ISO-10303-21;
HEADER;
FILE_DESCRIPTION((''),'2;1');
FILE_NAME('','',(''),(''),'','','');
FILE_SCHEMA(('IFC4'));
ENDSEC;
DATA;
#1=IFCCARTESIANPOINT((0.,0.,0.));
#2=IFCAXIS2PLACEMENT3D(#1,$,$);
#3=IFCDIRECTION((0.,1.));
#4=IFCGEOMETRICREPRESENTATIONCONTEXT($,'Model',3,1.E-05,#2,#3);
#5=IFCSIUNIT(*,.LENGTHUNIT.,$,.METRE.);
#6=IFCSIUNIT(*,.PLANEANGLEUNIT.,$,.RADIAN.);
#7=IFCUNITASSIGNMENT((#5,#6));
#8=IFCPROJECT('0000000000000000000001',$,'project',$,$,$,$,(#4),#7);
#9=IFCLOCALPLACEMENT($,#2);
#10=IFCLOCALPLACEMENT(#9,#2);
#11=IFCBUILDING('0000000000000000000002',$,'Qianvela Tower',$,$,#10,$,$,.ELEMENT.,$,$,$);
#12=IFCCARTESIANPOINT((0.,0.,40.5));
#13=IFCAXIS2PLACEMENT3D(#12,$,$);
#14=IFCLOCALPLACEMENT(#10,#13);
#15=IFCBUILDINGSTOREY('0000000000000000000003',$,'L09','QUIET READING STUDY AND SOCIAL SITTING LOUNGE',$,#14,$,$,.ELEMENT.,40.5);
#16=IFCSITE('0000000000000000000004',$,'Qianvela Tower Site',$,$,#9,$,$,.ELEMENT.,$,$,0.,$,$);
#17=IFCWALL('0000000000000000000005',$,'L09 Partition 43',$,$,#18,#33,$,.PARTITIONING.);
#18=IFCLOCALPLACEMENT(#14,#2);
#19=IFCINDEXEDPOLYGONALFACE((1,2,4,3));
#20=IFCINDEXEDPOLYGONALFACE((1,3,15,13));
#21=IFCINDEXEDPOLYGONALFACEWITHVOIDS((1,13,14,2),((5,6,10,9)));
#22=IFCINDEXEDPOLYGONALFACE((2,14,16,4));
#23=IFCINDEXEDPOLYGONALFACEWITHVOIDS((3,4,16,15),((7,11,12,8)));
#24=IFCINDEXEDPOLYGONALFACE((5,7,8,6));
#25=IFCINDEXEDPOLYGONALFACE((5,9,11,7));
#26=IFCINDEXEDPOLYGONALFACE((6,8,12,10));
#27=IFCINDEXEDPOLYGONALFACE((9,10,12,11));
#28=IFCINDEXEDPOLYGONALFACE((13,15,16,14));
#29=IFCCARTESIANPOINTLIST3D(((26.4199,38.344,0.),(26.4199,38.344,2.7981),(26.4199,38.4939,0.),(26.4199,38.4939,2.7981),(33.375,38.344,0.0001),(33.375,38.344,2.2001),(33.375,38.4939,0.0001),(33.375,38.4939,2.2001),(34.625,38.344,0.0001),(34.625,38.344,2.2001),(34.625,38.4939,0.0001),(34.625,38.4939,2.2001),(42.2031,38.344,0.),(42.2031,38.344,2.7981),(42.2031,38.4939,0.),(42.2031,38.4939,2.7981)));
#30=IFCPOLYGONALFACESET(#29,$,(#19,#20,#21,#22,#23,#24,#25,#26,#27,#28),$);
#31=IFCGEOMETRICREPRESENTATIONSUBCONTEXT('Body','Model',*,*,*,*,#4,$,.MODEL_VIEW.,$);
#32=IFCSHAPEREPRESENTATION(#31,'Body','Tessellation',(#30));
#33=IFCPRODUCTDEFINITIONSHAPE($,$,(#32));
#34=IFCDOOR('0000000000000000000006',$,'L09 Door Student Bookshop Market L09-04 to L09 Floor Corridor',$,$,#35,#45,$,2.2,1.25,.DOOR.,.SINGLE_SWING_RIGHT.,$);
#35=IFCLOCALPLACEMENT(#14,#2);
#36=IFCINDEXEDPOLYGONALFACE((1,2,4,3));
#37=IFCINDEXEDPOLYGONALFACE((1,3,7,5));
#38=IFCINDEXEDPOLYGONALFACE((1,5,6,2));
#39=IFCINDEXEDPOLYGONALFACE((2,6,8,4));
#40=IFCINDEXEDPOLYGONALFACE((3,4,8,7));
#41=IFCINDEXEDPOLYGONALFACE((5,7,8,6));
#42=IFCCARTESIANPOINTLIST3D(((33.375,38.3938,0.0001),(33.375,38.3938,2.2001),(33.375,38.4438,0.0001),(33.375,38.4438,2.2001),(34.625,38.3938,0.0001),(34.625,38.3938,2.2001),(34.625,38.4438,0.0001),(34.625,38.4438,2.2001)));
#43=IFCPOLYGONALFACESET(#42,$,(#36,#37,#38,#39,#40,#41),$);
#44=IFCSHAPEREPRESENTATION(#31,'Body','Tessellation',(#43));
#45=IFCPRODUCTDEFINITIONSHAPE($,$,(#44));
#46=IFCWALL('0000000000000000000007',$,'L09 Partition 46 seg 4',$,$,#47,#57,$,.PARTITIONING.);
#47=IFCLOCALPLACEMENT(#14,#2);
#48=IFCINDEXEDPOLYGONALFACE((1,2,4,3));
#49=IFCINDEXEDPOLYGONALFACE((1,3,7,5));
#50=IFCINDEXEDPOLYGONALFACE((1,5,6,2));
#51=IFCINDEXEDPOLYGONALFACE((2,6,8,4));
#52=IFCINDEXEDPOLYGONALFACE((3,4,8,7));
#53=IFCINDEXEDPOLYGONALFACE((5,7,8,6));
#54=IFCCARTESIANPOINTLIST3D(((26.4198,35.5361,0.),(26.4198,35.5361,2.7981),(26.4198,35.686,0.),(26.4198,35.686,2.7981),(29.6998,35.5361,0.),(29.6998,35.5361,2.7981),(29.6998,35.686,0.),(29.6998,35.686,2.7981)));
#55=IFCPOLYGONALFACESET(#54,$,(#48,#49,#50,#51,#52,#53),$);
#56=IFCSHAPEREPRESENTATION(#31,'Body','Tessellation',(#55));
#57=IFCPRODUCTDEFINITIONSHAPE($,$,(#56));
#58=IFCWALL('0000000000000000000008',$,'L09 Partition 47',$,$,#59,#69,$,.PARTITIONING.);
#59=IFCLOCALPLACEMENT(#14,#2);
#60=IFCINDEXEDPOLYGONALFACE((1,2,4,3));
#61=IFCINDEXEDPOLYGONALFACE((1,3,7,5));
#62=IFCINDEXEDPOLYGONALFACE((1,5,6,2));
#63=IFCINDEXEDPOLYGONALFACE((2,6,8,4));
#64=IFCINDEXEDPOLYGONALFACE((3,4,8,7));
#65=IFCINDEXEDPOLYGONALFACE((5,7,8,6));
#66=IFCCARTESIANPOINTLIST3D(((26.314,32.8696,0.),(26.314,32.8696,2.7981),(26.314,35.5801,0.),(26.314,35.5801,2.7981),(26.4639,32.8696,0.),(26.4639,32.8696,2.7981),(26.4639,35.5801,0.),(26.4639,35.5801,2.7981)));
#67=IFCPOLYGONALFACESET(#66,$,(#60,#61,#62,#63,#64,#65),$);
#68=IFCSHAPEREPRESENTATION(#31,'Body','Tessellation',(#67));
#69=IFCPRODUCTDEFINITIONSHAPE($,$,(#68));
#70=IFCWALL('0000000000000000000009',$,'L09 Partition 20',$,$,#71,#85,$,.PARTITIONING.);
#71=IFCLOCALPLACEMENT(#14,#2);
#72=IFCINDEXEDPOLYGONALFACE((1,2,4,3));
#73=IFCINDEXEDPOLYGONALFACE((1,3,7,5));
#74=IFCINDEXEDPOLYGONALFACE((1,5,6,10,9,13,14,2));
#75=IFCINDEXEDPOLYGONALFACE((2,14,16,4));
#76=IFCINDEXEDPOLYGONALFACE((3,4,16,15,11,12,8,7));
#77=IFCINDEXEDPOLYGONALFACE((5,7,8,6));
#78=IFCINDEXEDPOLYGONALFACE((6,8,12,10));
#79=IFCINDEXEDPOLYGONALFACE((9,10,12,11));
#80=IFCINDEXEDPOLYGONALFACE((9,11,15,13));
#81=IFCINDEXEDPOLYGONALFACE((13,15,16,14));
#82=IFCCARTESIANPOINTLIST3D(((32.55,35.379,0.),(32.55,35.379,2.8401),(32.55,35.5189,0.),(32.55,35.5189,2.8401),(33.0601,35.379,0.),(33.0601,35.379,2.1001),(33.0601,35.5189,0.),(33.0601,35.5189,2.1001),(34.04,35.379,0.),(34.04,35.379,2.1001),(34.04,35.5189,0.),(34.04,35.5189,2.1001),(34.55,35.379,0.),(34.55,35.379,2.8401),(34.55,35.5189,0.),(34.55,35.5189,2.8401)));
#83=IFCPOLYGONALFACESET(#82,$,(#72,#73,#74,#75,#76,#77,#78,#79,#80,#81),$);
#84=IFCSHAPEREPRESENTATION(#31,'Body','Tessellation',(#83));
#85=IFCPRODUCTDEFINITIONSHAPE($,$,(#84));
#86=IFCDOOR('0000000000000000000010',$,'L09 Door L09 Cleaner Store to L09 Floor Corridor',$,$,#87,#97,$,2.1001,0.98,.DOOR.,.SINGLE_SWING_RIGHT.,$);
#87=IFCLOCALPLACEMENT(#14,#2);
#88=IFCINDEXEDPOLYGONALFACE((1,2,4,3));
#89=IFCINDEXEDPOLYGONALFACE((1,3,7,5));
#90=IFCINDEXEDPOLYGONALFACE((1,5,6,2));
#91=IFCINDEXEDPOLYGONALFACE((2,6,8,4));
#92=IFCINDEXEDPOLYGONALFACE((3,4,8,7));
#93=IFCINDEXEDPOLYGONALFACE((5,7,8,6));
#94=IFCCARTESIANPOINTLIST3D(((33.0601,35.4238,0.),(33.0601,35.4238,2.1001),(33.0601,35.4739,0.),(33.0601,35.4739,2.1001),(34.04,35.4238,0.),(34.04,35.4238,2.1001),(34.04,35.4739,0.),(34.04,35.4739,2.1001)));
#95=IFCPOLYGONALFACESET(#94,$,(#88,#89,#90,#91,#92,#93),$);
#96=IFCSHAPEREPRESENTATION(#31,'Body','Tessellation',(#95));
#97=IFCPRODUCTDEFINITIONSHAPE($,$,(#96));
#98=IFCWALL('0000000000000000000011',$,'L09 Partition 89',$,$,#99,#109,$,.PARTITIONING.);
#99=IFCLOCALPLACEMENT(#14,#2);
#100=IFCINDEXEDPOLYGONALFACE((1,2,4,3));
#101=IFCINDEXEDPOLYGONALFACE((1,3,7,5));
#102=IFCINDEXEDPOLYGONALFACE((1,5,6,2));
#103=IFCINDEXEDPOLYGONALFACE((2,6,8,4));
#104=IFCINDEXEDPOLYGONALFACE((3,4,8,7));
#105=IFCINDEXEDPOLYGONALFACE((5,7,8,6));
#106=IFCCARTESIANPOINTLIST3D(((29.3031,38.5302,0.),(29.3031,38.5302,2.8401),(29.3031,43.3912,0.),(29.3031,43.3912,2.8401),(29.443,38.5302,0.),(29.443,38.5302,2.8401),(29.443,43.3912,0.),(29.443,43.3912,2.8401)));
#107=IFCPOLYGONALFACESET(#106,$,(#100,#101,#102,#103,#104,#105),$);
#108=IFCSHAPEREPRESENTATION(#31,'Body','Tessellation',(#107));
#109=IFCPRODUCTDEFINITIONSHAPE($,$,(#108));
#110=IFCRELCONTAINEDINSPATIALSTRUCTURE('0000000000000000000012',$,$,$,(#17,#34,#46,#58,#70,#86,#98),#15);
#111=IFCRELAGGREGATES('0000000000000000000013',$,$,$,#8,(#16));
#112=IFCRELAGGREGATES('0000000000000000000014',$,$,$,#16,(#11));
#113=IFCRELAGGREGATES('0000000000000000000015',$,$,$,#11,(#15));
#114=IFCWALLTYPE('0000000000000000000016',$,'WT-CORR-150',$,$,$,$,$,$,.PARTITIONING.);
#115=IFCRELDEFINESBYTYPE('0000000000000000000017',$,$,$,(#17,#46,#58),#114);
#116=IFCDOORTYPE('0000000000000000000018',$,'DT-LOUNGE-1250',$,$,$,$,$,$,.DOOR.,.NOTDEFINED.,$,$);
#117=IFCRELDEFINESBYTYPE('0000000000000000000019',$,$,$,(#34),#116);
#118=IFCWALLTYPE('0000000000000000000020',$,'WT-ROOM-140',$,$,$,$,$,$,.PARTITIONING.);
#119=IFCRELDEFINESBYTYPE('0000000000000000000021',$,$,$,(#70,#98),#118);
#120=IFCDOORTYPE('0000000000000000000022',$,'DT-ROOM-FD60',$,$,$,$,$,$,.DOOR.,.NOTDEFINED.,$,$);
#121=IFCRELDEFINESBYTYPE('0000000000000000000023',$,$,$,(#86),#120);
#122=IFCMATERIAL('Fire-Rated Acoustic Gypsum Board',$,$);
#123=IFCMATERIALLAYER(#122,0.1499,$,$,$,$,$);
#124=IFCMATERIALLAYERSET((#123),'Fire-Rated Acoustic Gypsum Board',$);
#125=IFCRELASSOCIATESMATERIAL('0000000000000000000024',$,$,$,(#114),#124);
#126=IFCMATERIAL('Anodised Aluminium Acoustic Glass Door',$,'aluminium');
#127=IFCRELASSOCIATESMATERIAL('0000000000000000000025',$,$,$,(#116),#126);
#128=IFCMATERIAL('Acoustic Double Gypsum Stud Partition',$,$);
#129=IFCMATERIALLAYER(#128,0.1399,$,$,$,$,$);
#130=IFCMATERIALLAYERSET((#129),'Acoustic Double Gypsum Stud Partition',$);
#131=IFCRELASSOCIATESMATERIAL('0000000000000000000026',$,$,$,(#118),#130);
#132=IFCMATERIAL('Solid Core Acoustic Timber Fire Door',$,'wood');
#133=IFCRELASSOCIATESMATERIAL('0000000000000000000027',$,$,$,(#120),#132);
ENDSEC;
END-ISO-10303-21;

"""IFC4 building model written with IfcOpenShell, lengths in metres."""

from ifc_helpers import new_model, si_unit, direction, frame, frame_2d, origin, place, context, subcontext, project, spatial, rectangle, extrude, material, layer, layer_set, type_object, element, fill, save


model = new_model("IFC4")

# Units and contexts
model_context = context("Model", 3, precision=1e-05, world=origin(), true_north=direction((0.0, 1.0)))
body_context = subcontext(model_context, "Body", "Model", "MODEL_VIEW")
ifc_project = project(units=[si_unit("LENGTHUNIT", "METRE"), si_unit("PLANEANGLEUNIT", "RADIAN")], contexts=[model_context])

# Site, building, storey
site_placement = place(None, origin())
site = spatial("IfcSite", under=ifc_project, at=site_placement, Name="Qianvela Tower Site", CompositionType="ELEMENT", RefElevation=0.0)
building_placement = place(site_placement, origin())
building = spatial("IfcBuilding", under=site, at=building_placement, Name="Qianvela Tower", CompositionType="ELEMENT")
storey_placement = place(building_placement, frame((0.0, 0.0, 40.5)))
storey = spatial("IfcBuildingStorey", under=building, at=storey_placement, Name="L09", Description="QUIET READING STUDY AND SOCIAL SITTING LOUNGE", CompositionType="ELEMENT", Elevation=40.5)

# Shared definitions
ifc_material_1 = material(Name="Fire-Rated Acoustic Gypsum Board")
ifc_layer_1 = layer(ifc_material_1, 0.1499)
ifc_layer_set_1 = layer_set([ifc_layer_1], Name="Fire-Rated Acoustic Gypsum Board")
wall_type_1 = type_object("IfcWallType", Name="WT-CORR-150", PredefinedType="PARTITIONING", material=ifc_layer_set_1)

# Wall, opening, door
ifc_material_2 = material(Name="Anodised Aluminium Acoustic Glass Door", Category="aluminium")
door_type_1 = type_object("IfcDoorType", Name="DT-LOUNGE-1250", OperationType="NOTDEFINED", PredefinedType="DOOR", material=ifc_material_2)
wall_1_placement = place(storey_placement, frame((26.4199, 38.4189, 0.0), z_axis=(0.0, 0.0, 1.0), x_axis=(1.0, 0.0, 0.0)))
wall_1 = element("IfcWall", 1, at=wall_1_placement, inside=storey, type_object=wall_type_1, Name="L09 Partition 43", PredefinedType="PARTITIONING", context=body_context, shape_type="SweptSolid", body=[
    extrude(rectangle(XDim=15.7832, YDim=0.1499, at=frame_2d((7.8916, 0.0))), origin(), (0.0, 0.0, 1.0), 2.7981),
])
opening_1_placement = place(wall_1_placement, frame((6.9551, 0.0, 0.0)))
opening_1 = element("IfcOpeningElement", 2, at=opening_1_placement, cuts=wall_1, PredefinedType="OPENING", context=body_context, shape_type="SweptSolid", body=[
    extrude(rectangle(XDim=1.25, YDim=2.2, at=frame_2d((0.625, 1.1001))), frame((0.0, 0.085, 0.0), z_axis=(0.0, -1.0, 0.0), x_axis=(1.0, 0.0, 0.0)), (0.0, 0.0, 1.0), 0.1699),
])
door_1_placement = place(opening_1_placement, origin())
door_1 = element("IfcDoor", 3, at=door_1_placement, inside=storey, type_object=door_type_1, Name="L09 Door Student Bookshop Market L09-04 to L09 Floor Corridor", OperationType="SINGLE_SWING_RIGHT", OverallHeight=2.2, OverallWidth=1.25, PredefinedType="DOOR", context=body_context, shape_type="SweptSolid", body=[
    extrude(rectangle(XDim=1.25, YDim=2.2, at=frame_2d((0.625, 1.1001))), frame((0.0, 0.0249, 0.0), z_axis=(0.0, -1.0, 0.0), x_axis=(1.0, 0.0, 0.0)), (0.0, 0.0, 1.0), 0.05),
])
fill(opening_1, door_1)

# Walls
wall_2_placement = place(storey_placement, frame((29.7, 35.6111, 0.0), z_axis=(0.0, 0.0, 1.0), x_axis=(-1.0, 0.0, 0.0)))
element("IfcWall", 4, at=wall_2_placement, inside=storey, type_object=wall_type_1, Name="L09 Partition 46 seg 4", PredefinedType="PARTITIONING", context=body_context, shape_type="SweptSolid", body=[
    extrude(rectangle(XDim=3.28, YDim=0.1499, at=frame_2d((1.6401, 0.0))), origin(), (0.0, 0.0, 1.0), 2.7981),
])
wall_3_placement = place(storey_placement, frame((26.3889, 35.5801, 0.0), z_axis=(0.0, 0.0, 1.0), x_axis=(0.0, -1.0, 0.0)))
element("IfcWall", 5, at=wall_3_placement, inside=storey, type_object=wall_type_1, Name="L09 Partition 47", PredefinedType="PARTITIONING", context=body_context, shape_type="SweptSolid", body=[
    extrude(rectangle(XDim=2.7104, YDim=0.1499, at=frame_2d((1.3552, 0.0))), origin(), (0.0, 0.0, 1.0), 2.7981),
])

# Wall, opening, door
ifc_material_3 = material(Name="Acoustic Double Gypsum Stud Partition")
ifc_layer_2 = layer(ifc_material_3, 0.1399)
ifc_layer_set_2 = layer_set([ifc_layer_2], Name="Acoustic Double Gypsum Stud Partition")
wall_type_2 = type_object("IfcWallType", Name="WT-ROOM-140", PredefinedType="PARTITIONING", material=ifc_layer_set_2)
wall_4_placement = place(storey_placement, frame((32.55, 35.449, 0.0), z_axis=(0.0, 0.0, 1.0), x_axis=(1.0, 0.0, 0.0)))
wall_4 = element("IfcWall", 6, at=wall_4_placement, inside=storey, type_object=wall_type_2, Name="L09 Partition 20", PredefinedType="PARTITIONING", context=body_context, shape_type="SweptSolid", body=[
    extrude(rectangle(XDim=2.0, YDim=0.1399, at=frame_2d((1.0, 0.0))), origin(), (0.0, 0.0, 1.0), 2.8401),
])
opening_2_placement = place(wall_4_placement, frame((0.51, 0.0, 0.0)))
opening_2 = element("IfcOpeningElement", 7, at=opening_2_placement, cuts=wall_4, PredefinedType="OPENING", context=body_context, shape_type="SweptSolid", body=[
    extrude(rectangle(XDim=0.98, YDim=2.1001, at=frame_2d((0.49, 1.05))), frame((0.0, 0.0798, 0.0), z_axis=(0.0, -1.0, 0.0), x_axis=(1.0, 0.0, 0.0)), (0.0, 0.0, 1.0), 0.1599),
])
ifc_material_4 = material(Name="Solid Core Acoustic Timber Fire Door", Category="wood")
door_type_2 = type_object("IfcDoorType", Name="DT-ROOM-FD60", OperationType="NOTDEFINED", PredefinedType="DOOR", material=ifc_material_4)
door_2_placement = place(opening_2_placement, origin())
door_2 = element("IfcDoor", 8, at=door_2_placement, inside=storey, type_object=door_type_2, Name="L09 Door L09 Cleaner Store to L09 Floor Corridor", OperationType="SINGLE_SWING_RIGHT", OverallHeight=2.1001, OverallWidth=0.98, PredefinedType="DOOR", context=body_context, shape_type="SweptSolid", body=[
    extrude(rectangle(XDim=0.98, YDim=2.1001, at=frame_2d((0.49, 1.05))), frame((0.0, 0.0249, 0.0), z_axis=(0.0, -1.0, 0.0), x_axis=(1.0, 0.0, 0.0)), (0.0, 0.0, 1.0), 0.05),
])
fill(opening_2, door_2)

# Wall
wall_5_placement = place(storey_placement, frame((29.373, 38.53, 0.0), z_axis=(0.0, 0.0, 1.0), x_axis=(0.0, 1.0, 0.0)))
element("IfcWall", 9, at=wall_5_placement, inside=storey, type_object=wall_type_2, Name="L09 Partition 89", PredefinedType="PARTITIONING", context=body_context, shape_type="SweptSolid", body=[
    extrude(rectangle(XDim=4.8611, YDim=0.1399, at=frame_2d((2.4307, 0.0))), origin(), (0.0, 0.0, 1.0), 2.8401),
])

save(model, "model.ifc")
